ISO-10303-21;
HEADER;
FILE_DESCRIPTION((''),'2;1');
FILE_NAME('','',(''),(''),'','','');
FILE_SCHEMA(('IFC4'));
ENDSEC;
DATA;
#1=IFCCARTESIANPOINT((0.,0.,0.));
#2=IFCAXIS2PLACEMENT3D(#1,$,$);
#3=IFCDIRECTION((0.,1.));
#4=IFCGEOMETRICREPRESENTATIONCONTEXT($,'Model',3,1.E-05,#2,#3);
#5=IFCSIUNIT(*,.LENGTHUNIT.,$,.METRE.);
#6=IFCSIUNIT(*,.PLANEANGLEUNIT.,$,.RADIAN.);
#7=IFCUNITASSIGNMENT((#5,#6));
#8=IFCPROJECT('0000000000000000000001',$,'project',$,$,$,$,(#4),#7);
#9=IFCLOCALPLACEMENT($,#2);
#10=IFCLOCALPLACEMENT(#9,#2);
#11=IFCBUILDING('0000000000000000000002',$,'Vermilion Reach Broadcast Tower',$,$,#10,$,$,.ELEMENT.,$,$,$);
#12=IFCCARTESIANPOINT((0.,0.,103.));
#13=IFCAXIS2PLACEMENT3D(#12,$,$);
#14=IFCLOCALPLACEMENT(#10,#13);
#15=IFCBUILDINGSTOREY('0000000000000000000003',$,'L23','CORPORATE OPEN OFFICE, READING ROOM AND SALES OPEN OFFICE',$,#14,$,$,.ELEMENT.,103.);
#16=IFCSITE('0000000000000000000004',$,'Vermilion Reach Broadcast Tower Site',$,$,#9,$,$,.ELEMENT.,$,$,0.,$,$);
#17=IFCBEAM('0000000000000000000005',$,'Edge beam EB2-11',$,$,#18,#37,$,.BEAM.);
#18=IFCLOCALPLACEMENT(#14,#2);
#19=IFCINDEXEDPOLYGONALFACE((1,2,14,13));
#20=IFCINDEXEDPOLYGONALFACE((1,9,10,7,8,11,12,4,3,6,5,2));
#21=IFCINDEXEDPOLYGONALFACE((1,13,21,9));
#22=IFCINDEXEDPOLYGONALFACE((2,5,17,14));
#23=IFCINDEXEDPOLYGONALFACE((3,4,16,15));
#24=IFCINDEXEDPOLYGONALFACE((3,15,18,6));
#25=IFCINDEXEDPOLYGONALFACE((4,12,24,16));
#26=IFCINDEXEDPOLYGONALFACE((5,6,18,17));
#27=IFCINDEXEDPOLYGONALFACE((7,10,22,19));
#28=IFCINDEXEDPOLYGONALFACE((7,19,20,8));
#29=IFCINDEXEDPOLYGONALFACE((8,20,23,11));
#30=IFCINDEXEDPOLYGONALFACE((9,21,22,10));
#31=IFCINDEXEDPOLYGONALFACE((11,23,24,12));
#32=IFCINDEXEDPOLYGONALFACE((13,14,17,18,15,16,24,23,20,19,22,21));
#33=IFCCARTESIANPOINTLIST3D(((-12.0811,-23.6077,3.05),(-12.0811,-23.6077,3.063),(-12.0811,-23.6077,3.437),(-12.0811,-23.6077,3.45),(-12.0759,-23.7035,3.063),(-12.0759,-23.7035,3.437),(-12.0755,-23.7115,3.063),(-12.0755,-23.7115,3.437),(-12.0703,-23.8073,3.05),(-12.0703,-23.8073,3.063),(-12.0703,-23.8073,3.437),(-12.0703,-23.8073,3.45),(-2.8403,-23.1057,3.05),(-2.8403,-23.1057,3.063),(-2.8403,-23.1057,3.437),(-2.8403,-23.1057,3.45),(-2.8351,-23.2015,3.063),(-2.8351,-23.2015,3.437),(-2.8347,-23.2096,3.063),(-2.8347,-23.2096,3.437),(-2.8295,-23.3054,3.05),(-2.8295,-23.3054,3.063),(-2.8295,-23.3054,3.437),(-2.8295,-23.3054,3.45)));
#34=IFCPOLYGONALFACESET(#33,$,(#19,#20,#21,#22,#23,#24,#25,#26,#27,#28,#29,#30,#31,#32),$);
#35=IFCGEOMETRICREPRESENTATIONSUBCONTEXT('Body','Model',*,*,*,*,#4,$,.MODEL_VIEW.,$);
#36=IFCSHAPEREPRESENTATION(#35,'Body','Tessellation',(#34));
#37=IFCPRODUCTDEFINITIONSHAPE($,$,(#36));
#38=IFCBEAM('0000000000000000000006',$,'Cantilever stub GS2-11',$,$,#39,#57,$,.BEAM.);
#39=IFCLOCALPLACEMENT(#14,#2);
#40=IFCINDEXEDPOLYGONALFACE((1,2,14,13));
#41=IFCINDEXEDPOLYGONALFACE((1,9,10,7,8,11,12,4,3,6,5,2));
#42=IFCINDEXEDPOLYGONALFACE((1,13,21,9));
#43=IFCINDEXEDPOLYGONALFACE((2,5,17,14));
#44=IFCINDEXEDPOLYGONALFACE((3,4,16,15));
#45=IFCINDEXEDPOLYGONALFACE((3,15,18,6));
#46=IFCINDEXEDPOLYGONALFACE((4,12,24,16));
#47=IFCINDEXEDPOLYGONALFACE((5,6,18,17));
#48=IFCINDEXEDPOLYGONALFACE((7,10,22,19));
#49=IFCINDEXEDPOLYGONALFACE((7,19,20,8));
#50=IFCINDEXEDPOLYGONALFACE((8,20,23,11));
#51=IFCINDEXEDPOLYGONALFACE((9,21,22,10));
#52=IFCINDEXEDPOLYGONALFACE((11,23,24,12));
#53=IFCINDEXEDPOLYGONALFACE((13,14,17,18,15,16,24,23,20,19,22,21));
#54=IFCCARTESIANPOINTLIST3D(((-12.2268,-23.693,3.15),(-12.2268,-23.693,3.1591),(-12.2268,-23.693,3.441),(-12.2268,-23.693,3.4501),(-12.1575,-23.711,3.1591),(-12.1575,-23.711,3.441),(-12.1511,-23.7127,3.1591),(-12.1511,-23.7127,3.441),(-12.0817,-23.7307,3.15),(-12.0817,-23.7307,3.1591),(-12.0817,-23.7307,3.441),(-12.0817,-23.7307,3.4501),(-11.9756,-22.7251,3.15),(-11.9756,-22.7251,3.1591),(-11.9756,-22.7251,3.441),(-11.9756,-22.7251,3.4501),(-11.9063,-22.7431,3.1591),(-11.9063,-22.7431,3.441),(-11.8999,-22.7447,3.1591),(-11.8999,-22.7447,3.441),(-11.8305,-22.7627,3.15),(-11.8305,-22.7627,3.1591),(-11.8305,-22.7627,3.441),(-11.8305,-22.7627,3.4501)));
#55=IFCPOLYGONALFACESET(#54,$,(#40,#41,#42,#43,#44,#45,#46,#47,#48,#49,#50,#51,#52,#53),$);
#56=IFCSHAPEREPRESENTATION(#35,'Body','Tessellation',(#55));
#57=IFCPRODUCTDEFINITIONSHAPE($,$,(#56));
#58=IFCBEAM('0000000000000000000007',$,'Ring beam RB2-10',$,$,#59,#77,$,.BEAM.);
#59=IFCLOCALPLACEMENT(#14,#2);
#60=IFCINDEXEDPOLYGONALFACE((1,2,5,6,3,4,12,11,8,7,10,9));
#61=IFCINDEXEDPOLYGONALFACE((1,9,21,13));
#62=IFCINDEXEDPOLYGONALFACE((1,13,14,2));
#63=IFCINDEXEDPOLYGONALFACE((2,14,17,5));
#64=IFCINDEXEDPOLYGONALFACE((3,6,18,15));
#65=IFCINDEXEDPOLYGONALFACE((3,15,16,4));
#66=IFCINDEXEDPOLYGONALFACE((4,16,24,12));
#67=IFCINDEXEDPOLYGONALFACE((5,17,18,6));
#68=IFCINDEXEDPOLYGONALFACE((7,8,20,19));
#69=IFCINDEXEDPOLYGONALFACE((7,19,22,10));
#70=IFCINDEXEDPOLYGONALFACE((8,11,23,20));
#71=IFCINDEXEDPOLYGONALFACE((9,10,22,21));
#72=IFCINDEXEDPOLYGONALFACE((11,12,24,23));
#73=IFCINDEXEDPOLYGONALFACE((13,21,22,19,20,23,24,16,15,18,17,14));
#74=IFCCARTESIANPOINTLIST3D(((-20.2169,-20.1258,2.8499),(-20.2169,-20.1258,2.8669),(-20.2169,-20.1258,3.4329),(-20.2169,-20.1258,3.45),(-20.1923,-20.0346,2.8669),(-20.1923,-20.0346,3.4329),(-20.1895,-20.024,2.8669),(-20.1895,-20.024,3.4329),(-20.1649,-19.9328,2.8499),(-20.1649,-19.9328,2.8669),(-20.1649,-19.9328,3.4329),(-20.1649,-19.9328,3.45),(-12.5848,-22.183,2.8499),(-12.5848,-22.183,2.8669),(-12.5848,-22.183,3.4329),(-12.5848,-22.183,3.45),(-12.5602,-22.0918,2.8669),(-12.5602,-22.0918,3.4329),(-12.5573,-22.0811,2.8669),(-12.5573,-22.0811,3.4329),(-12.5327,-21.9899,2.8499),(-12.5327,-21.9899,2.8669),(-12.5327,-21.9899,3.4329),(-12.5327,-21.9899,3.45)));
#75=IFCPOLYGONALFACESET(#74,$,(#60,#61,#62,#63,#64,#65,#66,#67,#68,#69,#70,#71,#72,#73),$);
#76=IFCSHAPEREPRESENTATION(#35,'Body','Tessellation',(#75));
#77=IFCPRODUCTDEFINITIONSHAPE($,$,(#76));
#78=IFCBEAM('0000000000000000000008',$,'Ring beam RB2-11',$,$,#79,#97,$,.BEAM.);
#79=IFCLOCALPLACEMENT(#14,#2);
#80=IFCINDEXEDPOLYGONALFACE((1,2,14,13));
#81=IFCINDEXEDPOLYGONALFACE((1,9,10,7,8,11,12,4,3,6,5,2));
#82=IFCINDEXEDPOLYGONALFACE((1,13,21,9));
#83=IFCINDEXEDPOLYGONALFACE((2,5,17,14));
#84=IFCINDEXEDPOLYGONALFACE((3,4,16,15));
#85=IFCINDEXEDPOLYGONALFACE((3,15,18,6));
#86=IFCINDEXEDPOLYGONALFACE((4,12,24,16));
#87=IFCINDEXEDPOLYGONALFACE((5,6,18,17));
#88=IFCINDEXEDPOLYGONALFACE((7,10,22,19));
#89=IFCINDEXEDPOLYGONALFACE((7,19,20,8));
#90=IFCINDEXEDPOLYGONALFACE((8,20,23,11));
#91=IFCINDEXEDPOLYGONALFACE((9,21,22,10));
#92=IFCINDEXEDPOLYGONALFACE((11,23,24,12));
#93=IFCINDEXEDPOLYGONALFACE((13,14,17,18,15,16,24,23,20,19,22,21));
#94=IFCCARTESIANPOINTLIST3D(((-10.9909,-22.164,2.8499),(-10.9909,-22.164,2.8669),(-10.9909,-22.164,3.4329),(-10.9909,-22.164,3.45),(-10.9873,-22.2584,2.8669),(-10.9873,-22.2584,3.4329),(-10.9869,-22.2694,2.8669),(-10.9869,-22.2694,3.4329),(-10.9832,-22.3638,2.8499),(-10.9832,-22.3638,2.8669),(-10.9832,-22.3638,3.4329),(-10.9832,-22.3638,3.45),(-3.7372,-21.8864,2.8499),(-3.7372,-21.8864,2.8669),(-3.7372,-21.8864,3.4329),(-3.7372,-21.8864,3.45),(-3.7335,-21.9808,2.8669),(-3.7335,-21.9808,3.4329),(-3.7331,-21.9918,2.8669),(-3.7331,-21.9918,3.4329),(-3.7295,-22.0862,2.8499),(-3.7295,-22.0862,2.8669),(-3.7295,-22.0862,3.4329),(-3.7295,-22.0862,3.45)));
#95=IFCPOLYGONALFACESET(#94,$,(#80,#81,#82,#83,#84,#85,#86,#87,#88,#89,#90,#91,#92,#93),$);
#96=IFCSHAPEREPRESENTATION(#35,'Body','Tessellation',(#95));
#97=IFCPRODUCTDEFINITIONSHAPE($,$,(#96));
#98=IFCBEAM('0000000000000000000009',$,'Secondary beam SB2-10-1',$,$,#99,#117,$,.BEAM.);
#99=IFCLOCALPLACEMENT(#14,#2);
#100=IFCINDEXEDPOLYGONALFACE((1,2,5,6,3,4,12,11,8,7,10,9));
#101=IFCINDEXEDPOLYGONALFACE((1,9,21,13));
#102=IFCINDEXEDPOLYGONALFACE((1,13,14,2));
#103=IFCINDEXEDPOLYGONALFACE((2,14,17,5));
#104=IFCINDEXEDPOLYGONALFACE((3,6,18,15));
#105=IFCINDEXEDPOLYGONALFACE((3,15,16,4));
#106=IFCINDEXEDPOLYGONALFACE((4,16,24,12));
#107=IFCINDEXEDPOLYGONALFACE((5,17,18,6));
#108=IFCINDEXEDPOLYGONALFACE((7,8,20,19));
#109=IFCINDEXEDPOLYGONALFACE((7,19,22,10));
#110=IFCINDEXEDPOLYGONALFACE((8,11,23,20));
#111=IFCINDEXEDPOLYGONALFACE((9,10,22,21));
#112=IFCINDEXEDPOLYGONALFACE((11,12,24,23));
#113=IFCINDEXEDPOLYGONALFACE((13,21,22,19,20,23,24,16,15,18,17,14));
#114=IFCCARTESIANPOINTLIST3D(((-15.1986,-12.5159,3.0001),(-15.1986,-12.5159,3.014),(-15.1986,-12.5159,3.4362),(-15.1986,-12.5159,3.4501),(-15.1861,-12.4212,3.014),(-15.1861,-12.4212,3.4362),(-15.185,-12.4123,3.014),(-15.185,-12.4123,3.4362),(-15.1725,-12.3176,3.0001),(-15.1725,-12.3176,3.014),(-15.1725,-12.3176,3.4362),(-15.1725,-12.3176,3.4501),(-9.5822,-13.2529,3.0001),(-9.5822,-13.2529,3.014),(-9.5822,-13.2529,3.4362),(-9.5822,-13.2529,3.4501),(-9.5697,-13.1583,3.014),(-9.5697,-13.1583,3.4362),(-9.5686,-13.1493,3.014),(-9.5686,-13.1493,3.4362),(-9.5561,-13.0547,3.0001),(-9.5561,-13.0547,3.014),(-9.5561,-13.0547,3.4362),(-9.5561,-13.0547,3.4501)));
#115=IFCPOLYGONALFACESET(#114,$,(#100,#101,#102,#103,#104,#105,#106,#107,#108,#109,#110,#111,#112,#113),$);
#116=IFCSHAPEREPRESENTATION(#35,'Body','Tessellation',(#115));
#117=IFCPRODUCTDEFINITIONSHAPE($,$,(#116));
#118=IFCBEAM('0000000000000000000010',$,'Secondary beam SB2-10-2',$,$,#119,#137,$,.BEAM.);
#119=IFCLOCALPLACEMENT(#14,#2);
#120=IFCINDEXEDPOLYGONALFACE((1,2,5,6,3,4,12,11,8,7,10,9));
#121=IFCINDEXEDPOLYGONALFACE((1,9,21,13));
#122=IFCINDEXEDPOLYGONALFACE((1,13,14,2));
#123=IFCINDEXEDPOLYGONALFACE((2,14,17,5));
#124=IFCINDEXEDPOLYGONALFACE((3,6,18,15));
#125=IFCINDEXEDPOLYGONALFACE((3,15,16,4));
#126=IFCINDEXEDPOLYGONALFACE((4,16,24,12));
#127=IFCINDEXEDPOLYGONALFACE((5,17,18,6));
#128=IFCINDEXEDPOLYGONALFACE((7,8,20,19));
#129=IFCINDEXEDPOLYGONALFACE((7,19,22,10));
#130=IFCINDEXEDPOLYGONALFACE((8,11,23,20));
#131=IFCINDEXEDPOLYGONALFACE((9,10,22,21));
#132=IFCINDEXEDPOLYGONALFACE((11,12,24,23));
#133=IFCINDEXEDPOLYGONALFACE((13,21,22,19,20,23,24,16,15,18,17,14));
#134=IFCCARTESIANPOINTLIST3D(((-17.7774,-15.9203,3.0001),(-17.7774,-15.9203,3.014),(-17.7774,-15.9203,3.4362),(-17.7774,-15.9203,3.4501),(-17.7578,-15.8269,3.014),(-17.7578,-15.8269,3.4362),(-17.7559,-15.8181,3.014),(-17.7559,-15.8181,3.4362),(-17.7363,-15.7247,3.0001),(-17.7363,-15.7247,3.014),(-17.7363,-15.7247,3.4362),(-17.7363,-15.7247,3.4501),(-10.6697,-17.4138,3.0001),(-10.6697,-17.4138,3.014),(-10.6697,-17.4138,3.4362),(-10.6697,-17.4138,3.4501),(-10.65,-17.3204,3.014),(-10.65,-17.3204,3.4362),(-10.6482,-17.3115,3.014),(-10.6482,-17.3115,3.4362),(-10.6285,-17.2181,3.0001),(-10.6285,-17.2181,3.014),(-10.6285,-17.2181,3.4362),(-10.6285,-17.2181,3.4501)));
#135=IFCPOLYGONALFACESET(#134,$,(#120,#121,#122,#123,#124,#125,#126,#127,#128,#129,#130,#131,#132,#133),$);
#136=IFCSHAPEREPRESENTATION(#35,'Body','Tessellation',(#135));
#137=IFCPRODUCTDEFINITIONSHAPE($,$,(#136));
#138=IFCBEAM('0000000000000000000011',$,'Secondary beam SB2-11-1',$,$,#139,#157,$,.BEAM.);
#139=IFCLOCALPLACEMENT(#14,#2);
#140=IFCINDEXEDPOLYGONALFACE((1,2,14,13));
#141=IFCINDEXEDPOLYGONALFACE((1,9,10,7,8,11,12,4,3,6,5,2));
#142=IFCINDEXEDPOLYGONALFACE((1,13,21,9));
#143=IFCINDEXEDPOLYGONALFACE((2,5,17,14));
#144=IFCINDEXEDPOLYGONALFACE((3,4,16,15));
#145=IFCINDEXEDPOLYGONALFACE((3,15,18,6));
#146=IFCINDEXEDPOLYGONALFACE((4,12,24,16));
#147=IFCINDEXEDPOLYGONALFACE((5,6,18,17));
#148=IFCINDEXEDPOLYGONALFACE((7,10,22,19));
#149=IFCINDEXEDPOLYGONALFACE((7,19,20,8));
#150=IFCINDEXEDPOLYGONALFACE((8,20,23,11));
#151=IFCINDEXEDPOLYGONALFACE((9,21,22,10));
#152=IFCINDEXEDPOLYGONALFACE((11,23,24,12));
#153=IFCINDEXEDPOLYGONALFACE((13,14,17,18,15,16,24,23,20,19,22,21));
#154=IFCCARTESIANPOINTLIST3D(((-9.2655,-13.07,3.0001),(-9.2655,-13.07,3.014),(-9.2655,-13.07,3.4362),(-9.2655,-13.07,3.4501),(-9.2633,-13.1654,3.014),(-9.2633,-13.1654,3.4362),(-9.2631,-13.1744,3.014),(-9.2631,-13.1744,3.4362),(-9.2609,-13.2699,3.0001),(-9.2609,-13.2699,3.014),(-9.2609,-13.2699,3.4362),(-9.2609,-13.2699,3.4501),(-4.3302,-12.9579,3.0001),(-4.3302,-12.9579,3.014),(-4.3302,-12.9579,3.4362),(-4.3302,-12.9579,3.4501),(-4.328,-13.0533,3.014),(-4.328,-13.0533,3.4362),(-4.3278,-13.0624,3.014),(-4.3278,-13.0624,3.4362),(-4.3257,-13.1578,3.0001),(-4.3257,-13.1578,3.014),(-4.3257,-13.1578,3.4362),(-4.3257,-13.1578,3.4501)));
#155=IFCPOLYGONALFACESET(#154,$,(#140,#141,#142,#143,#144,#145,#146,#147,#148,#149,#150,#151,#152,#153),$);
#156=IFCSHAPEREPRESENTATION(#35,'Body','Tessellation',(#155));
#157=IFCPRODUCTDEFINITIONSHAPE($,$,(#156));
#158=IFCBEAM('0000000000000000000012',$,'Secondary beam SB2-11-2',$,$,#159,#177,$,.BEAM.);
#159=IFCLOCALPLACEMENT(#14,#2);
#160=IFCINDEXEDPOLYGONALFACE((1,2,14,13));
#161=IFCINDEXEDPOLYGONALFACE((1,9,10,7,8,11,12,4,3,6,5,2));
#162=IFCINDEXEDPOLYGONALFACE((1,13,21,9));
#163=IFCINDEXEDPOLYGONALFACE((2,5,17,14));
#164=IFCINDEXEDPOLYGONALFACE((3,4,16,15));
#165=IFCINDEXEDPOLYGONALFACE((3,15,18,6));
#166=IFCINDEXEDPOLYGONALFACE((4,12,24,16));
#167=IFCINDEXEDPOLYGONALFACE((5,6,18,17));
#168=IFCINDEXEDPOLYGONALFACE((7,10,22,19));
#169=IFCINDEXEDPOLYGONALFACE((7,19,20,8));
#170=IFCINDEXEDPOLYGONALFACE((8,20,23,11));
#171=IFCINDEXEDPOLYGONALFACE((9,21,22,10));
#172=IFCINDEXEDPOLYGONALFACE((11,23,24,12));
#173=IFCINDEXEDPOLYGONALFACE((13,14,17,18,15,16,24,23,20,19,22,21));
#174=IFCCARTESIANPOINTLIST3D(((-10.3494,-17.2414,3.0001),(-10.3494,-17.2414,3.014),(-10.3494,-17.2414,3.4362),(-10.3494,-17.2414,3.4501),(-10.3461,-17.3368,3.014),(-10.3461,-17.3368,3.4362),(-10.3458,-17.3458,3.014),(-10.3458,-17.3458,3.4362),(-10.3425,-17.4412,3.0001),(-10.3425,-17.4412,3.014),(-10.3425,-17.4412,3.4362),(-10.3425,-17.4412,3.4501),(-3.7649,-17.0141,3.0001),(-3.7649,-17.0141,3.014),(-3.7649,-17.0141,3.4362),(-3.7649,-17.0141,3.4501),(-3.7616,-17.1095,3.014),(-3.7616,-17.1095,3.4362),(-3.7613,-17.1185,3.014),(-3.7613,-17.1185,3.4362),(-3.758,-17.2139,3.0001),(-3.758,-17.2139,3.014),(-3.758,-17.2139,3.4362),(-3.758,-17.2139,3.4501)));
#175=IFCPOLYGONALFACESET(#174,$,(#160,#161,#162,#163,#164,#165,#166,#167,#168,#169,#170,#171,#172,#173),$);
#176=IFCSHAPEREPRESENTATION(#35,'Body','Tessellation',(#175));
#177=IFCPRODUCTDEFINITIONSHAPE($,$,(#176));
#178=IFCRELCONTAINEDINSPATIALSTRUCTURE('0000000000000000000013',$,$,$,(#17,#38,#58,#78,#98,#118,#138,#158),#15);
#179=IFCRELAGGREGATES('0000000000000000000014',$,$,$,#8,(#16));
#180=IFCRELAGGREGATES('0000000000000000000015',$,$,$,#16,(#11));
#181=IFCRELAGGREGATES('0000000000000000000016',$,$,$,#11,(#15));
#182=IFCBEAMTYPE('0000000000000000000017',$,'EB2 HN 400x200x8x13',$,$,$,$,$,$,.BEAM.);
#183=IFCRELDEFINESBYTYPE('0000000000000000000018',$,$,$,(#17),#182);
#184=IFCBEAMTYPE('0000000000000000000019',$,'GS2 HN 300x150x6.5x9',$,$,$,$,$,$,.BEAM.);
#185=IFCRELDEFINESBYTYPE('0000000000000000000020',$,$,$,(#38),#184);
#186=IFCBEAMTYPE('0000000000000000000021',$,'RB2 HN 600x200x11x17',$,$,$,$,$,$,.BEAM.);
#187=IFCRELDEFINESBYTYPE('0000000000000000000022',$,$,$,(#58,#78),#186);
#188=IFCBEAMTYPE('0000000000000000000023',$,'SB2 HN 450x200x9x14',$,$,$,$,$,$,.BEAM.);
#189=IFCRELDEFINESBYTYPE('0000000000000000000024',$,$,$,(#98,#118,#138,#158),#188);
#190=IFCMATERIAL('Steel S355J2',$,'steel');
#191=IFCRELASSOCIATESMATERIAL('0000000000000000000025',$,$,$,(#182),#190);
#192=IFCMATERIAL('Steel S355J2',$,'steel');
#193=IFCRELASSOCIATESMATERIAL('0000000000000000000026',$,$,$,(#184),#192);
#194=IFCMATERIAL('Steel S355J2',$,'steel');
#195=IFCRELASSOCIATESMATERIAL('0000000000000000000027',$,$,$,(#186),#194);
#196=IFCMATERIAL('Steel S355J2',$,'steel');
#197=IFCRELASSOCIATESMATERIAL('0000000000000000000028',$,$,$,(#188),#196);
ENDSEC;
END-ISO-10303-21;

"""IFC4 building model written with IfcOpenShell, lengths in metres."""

from ifc_helpers import new_model, si_unit, direction, frame, origin, origin_2d, place, context, subcontext, project, spatial, i_section, extrude, material, material_profile, profile_set, type_object, element, save


model = new_model("IFC4")

# Units and contexts
model_context = context("Model", 3, precision=1e-05, world=origin(), true_north=direction((0.0, 1.0)))
body_context = subcontext(model_context, "Body", "Model", "MODEL_VIEW")
ifc_project = project(units=[si_unit("LENGTHUNIT", "METRE"), si_unit("PLANEANGLEUNIT", "RADIAN")], contexts=[model_context])

# Site, building, storey
site_placement = place(None, origin())
site = spatial("IfcSite", under=ifc_project, at=site_placement, Name="Vermilion Reach Broadcast Tower Site", CompositionType="ELEMENT", RefElevation=0.0)
building_placement = place(site_placement, origin())
building = spatial("IfcBuilding", under=site, at=building_placement, Name="Vermilion Reach Broadcast Tower", CompositionType="ELEMENT")
storey_placement = place(building_placement, frame((0.0, 0.0, 103.0)))
storey = spatial("IfcBuildingStorey", under=building, at=storey_placement, Name="L23", Description="CORPORATE OPEN OFFICE, READING ROOM AND SALES OPEN OFFICE", CompositionType="ELEMENT", Elevation=103.0)

# Beams
ifc_material_1 = material(Name="Steel S355J2", Category="steel")
ifc_material_profile_1 = material_profile(ifc_material_1, i_section(OverallWidth=0.2, OverallDepth=0.3999, WebThickness=0.0081, FlangeThickness=0.0129, at=origin_2d()), Name="S355J2 HN 400x200x8x13")
ifc_profile_set_1 = profile_set([ifc_material_profile_1], Name="Steel S355J2")
beam_type_1 = type_object("IfcBeamType", Name="EB2 HN 400x200x8x13", PredefinedType="BEAM", material=ifc_profile_set_1)
beam_1_placement = place(storey_placement, frame((-12.0757, -23.7075, 3.25), z_axis=(0.998528, 0.05424, 0.0), x_axis=(-0.05424, 0.998528, 0.0)))
element("IfcBeam", 1, at=beam_1_placement, inside=storey, type_object=beam_type_1, Name="Edge beam EB2-11", PredefinedType="BEAM", context=body_context, shape_type="SweptSolid", body=[
    extrude(i_section(OverallWidth=0.2, OverallDepth=0.3999, WebThickness=0.0081, FlangeThickness=0.0129, at=origin_2d()), origin(), (0.0, 0.0, 1.0), 9.2544),
])
ifc_material_2 = material(Name="Steel S355J2", Category="steel")
ifc_material_profile_2 = material_profile(ifc_material_2, i_section(OverallWidth=0.1499, OverallDepth=0.3, WebThickness=0.0066, FlangeThickness=0.009, at=origin_2d()), Name="S355J2 HN 300x150x6.5x9")
ifc_profile_set_2 = profile_set([ifc_material_profile_2], Name="Steel S355J2")
beam_type_2 = type_object("IfcBeamType", Name="GS2 HN 300x150x6.5x9", PredefinedType="BEAM", material=ifc_profile_set_2)
beam_2_placement = place(storey_placement, frame((-11.9031, -22.7439, 3.3), z_axis=(-0.251199, -0.967935, 0.0), x_axis=(0.967935, -0.251199, 0.0)))
element("IfcBeam", 2, at=beam_2_placement, inside=storey, type_object=beam_type_2, Name="Cantilever stub GS2-11", PredefinedType="BEAM", context=body_context, shape_type="SweptSolid", body=[
    extrude(i_section(OverallWidth=0.1499, OverallDepth=0.3, WebThickness=0.0066, FlangeThickness=0.009, at=origin_2d()), origin(), (0.0, 0.0, 1.0), 1.0),
])
ifc_material_3 = material(Name="Steel S355J2", Category="steel")
ifc_material_profile_3 = material_profile(ifc_material_3, i_section(OverallWidth=0.2, OverallDepth=0.6001, WebThickness=0.011, FlangeThickness=0.0171, at=origin_2d()), Name="S355J2 HN 600x200x11x17")
ifc_profile_set_3 = profile_set([ifc_material_profile_3], Name="Steel S355J2")
beam_type_3 = type_object("IfcBeamType", Name="RB2 HN 600x200x11x17", PredefinedType="BEAM", material=ifc_profile_set_3)
beam_3_placement = place(storey_placement, frame((-20.1909, -20.0293, 3.1499), z_axis=(0.965541, -0.260249, 0.0), x_axis=(0.260249, 0.965541, 0.0)))
element("IfcBeam", 3, at=beam_3_placement, inside=storey, type_object=beam_type_3, Name="Ring beam RB2-10", PredefinedType="BEAM", context=body_context, shape_type="SweptSolid", body=[
    extrude(i_section(OverallWidth=0.2, OverallDepth=0.6001, WebThickness=0.011, FlangeThickness=0.0171, at=origin_2d()), origin(), (0.0, 0.0, 1.0), 7.9045),
])
beam_4_placement = place(storey_placement, frame((-10.9871, -22.2639, 3.1499), z_axis=(0.999269, 0.038241, 0.0), x_axis=(-0.038241, 0.999269, 0.0)))
element("IfcBeam", 4, at=beam_4_placement, inside=storey, type_object=beam_type_3, Name="Ring beam RB2-11", PredefinedType="BEAM", context=body_context, shape_type="SweptSolid", body=[
    extrude(i_section(OverallWidth=0.2, OverallDepth=0.6001, WebThickness=0.011, FlangeThickness=0.0171, at=origin_2d()), origin(), (0.0, 0.0, 1.0), 7.259),
])
ifc_material_4 = material(Name="Steel S355J2", Category="steel")
ifc_material_profile_4 = material_profile(ifc_material_4, i_section(OverallWidth=0.2, OverallDepth=0.45, WebThickness=0.009, FlangeThickness=0.0139, at=origin_2d()), Name="S355J2 HN 450x200x9x14")
ifc_profile_set_4 = profile_set([ifc_material_profile_4], Name="Steel S355J2")
beam_type_4 = type_object("IfcBeamType", Name="SB2 HN 450x200x9x14", PredefinedType="BEAM", material=ifc_profile_set_4)
beam_5_placement = place(storey_placement, frame((-15.1855, -12.4167, 3.2251), z_axis=(0.991499, -0.130117, 0.0), x_axis=(0.130117, 0.991499, 0.0)))
element("IfcBeam", 5, at=beam_5_placement, inside=storey, type_object=beam_type_4, Name="Secondary beam SB2-10-1", PredefinedType="BEAM", context=body_context, shape_type="SweptSolid", body=[
    extrude(i_section(OverallWidth=0.2, OverallDepth=0.45, WebThickness=0.009, FlangeThickness=0.0139, at=origin_2d()), origin(), (0.0, 0.0, 1.0), 5.6646),
])
beam_6_placement = place(storey_placement, frame((-17.7568, -15.8225, 3.2251), z_axis=(0.978631, -0.205623, 0.0), x_axis=(0.205623, 0.978631, 0.0)))
element("IfcBeam", 6, at=beam_6_placement, inside=storey, type_object=beam_type_4, Name="Secondary beam SB2-10-2", PredefinedType="BEAM", context=body_context, shape_type="SweptSolid", body=[
    extrude(i_section(OverallWidth=0.2, OverallDepth=0.45, WebThickness=0.009, FlangeThickness=0.0139, at=origin_2d()), origin(), (0.0, 0.0, 1.0), 7.2629),
])
beam_7_placement = place(storey_placement, frame((-9.2632, -13.1699, 3.2251), z_axis=(0.999742, 0.0227, 0.0), x_axis=(-0.0227, 0.999742, 0.0)))
element("IfcBeam", 7, at=beam_7_placement, inside=storey, type_object=beam_type_4, Name="Secondary beam SB2-11-1", PredefinedType="BEAM", context=body_context, shape_type="SweptSolid", body=[
    extrude(i_section(OverallWidth=0.2, OverallDepth=0.45, WebThickness=0.009, FlangeThickness=0.0139, at=origin_2d()), origin(), (0.0, 0.0, 1.0), 4.9365),
])
beam_8_placement = place(storey_placement, frame((-10.3459, -17.3413, 3.2251), z_axis=(0.999405, 0.034499, 0.0), x_axis=(-0.034499, 0.999405, 0.0)))
element("IfcBeam", 8, at=beam_8_placement, inside=storey, type_object=beam_type_4, Name="Secondary beam SB2-11-2", PredefinedType="BEAM", context=body_context, shape_type="SweptSolid", body=[
    extrude(i_section(OverallWidth=0.2, OverallDepth=0.45, WebThickness=0.009, FlangeThickness=0.0139, at=origin_2d()), origin(), (0.0, 0.0, 1.0), 6.5884),
])

save(model, "model.ifc")
